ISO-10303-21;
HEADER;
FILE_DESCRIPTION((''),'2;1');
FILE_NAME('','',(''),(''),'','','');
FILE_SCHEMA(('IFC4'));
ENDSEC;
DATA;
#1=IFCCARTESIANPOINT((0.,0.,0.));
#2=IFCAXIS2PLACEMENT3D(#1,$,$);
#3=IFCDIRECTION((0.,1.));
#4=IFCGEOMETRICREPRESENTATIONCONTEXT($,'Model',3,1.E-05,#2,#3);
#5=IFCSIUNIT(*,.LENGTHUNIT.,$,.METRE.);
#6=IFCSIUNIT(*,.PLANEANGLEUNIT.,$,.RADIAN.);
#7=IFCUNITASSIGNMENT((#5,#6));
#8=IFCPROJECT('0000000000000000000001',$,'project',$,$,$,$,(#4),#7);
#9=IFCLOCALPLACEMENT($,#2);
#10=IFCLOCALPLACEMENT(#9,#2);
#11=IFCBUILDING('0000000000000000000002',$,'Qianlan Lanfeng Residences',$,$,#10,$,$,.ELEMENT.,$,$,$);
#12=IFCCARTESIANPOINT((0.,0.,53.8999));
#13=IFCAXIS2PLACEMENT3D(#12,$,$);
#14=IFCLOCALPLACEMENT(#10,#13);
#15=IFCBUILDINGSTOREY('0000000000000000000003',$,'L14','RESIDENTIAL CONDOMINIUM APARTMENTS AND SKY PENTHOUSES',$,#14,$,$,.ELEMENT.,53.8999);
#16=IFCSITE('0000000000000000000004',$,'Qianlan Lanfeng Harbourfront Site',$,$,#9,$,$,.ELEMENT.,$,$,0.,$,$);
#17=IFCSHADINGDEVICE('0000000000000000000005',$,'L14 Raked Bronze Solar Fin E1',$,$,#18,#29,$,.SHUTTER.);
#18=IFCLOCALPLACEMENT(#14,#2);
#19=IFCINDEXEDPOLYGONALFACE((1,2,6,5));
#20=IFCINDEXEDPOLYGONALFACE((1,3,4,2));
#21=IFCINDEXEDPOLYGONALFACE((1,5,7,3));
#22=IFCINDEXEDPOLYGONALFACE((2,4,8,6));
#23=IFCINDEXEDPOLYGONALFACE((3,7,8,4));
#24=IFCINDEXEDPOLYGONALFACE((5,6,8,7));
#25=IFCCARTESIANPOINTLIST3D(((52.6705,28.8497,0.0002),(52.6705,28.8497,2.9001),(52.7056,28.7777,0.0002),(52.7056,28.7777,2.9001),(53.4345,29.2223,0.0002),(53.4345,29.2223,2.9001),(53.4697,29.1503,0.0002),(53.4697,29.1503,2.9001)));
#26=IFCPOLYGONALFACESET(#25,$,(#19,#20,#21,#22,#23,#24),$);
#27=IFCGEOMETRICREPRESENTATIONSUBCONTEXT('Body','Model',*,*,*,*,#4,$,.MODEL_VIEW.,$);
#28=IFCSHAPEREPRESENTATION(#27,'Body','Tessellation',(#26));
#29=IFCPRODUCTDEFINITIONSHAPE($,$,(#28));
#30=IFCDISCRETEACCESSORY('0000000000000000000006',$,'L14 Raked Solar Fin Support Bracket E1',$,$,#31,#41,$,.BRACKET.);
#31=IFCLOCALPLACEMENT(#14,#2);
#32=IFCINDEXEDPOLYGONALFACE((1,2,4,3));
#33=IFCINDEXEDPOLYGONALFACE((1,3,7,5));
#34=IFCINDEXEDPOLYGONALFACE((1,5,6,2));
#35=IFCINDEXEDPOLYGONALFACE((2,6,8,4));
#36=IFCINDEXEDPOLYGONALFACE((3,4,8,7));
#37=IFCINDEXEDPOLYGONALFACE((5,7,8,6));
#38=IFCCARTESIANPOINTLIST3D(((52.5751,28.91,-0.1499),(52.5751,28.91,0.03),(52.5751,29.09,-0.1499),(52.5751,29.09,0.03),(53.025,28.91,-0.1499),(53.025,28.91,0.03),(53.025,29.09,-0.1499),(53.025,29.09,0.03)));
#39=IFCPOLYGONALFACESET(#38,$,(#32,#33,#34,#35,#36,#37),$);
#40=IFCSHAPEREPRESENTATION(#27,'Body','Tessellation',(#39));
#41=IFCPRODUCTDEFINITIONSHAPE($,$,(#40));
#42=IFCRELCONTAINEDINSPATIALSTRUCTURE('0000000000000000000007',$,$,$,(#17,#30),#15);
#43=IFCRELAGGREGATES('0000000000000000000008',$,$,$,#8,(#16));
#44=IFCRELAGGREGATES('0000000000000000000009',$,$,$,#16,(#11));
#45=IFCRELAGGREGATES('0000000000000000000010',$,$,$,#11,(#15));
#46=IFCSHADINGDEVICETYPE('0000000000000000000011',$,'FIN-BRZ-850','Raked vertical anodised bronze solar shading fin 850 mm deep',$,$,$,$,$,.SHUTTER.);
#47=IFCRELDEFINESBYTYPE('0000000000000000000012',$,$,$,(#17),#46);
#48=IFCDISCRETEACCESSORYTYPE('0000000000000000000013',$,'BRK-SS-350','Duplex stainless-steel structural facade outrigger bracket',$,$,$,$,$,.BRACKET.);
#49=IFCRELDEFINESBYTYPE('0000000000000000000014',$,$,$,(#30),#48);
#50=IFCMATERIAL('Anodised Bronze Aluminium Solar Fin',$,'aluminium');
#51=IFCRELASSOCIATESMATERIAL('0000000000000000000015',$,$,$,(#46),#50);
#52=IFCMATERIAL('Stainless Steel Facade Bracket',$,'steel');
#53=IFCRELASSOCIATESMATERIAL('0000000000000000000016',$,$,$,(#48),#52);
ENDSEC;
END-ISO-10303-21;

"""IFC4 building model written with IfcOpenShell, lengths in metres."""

from ifc_helpers import new_model, si_unit, direction, frame, origin, origin_2d, place, context, subcontext, project, spatial, rectangle, extrude, source, transform, mapped, material, type_object, element, save


model = new_model("IFC4")

# Units and contexts
model_context = context("Model", 3, precision=1e-05, world=origin(), true_north=direction((0.0, 1.0)))
body_context = subcontext(model_context, "Body", "Model", "MODEL_VIEW")
ifc_project = project(units=[si_unit("LENGTHUNIT", "METRE"), si_unit("PLANEANGLEUNIT", "RADIAN")], contexts=[model_context])

# Site, building, storey
site_placement = place(None, origin())
site = spatial("IfcSite", under=ifc_project, at=site_placement, Name="Qianlan Lanfeng Harbourfront Site", CompositionType="ELEMENT", RefElevation=0.0)
building_placement = place(site_placement, origin())
building = spatial("IfcBuilding", under=site, at=building_placement, Name="Qianlan Lanfeng Residences", CompositionType="ELEMENT")
storey_placement = place(building_placement, frame((0.0, 0.0, 53.8999)))
storey = spatial("IfcBuildingStorey", under=building, at=storey_placement, Name="L14", Description="RESIDENTIAL CONDOMINIUM APARTMENTS AND SKY PENTHOUSES", CompositionType="ELEMENT", Elevation=53.8999)

# Shading device
ifc_material_1 = material(Name="Anodised Bronze Aluminium Solar Fin", Category="aluminium")
shading_device_type = type_object("IfcShadingDeviceType", Name="FIN-BRZ-850", Description="Raked vertical anodised bronze solar shading fin 850 mm deep", PredefinedType="SHUTTER", material=ifc_material_1)
shared_shape_1 = source(origin(), body_context, "Body", "SweptSolid", [
    extrude(rectangle(XDim=0.8501, YDim=0.0801, at=origin_2d()), origin(), (0.0, 0.0, 1.0), 2.8999),
])
shading_device_placement = place(storey_placement, frame((53.0701, 29.0, 0.0002), z_axis=(0.0, 0.0, 1.0), x_axis=(0.898794, 0.438371, 0.0)))
element("IfcShadingDevice", 1, at=shading_device_placement, inside=storey, type_object=shading_device_type, Name="L14 Raked Bronze Solar Fin E1", PredefinedType="SHUTTER", context=body_context, shape_type="MappedRepresentation", body=[
    mapped(shared_shape_1, transform((0.0, 0.0, 0.0), scale=1.0)),
])

# Discrete accessory
ifc_material_2 = material(Name="Stainless Steel Facade Bracket", Category="steel")
discrete_accessory_type = type_object("IfcDiscreteAccessoryType", Name="BRK-SS-350", Description="Duplex stainless-steel structural facade outrigger bracket", PredefinedType="BRACKET", material=ifc_material_2)
shared_shape_2 = source(origin(), body_context, "Body", "SweptSolid", [
    extrude(rectangle(XDim=0.45, YDim=0.1799, at=origin_2d()), origin(), (0.0, 0.0, 1.0), 0.1799),
])
discrete_accessory_placement = place(storey_placement, frame((52.8, 29.0, -0.1499), z_axis=(0.0, 0.0, 1.0), x_axis=(1.0, 0.0, 0.0)))
element("IfcDiscreteAccessory", 2, at=discrete_accessory_placement, inside=storey, type_object=discrete_accessory_type, Name="L14 Raked Solar Fin Support Bracket E1", PredefinedType="BRACKET", context=body_context, shape_type="MappedRepresentation", body=[
    mapped(shared_shape_2, transform((0.0, 0.0, 0.0), scale=1.0)),
])

save(model, "model.ifc")
